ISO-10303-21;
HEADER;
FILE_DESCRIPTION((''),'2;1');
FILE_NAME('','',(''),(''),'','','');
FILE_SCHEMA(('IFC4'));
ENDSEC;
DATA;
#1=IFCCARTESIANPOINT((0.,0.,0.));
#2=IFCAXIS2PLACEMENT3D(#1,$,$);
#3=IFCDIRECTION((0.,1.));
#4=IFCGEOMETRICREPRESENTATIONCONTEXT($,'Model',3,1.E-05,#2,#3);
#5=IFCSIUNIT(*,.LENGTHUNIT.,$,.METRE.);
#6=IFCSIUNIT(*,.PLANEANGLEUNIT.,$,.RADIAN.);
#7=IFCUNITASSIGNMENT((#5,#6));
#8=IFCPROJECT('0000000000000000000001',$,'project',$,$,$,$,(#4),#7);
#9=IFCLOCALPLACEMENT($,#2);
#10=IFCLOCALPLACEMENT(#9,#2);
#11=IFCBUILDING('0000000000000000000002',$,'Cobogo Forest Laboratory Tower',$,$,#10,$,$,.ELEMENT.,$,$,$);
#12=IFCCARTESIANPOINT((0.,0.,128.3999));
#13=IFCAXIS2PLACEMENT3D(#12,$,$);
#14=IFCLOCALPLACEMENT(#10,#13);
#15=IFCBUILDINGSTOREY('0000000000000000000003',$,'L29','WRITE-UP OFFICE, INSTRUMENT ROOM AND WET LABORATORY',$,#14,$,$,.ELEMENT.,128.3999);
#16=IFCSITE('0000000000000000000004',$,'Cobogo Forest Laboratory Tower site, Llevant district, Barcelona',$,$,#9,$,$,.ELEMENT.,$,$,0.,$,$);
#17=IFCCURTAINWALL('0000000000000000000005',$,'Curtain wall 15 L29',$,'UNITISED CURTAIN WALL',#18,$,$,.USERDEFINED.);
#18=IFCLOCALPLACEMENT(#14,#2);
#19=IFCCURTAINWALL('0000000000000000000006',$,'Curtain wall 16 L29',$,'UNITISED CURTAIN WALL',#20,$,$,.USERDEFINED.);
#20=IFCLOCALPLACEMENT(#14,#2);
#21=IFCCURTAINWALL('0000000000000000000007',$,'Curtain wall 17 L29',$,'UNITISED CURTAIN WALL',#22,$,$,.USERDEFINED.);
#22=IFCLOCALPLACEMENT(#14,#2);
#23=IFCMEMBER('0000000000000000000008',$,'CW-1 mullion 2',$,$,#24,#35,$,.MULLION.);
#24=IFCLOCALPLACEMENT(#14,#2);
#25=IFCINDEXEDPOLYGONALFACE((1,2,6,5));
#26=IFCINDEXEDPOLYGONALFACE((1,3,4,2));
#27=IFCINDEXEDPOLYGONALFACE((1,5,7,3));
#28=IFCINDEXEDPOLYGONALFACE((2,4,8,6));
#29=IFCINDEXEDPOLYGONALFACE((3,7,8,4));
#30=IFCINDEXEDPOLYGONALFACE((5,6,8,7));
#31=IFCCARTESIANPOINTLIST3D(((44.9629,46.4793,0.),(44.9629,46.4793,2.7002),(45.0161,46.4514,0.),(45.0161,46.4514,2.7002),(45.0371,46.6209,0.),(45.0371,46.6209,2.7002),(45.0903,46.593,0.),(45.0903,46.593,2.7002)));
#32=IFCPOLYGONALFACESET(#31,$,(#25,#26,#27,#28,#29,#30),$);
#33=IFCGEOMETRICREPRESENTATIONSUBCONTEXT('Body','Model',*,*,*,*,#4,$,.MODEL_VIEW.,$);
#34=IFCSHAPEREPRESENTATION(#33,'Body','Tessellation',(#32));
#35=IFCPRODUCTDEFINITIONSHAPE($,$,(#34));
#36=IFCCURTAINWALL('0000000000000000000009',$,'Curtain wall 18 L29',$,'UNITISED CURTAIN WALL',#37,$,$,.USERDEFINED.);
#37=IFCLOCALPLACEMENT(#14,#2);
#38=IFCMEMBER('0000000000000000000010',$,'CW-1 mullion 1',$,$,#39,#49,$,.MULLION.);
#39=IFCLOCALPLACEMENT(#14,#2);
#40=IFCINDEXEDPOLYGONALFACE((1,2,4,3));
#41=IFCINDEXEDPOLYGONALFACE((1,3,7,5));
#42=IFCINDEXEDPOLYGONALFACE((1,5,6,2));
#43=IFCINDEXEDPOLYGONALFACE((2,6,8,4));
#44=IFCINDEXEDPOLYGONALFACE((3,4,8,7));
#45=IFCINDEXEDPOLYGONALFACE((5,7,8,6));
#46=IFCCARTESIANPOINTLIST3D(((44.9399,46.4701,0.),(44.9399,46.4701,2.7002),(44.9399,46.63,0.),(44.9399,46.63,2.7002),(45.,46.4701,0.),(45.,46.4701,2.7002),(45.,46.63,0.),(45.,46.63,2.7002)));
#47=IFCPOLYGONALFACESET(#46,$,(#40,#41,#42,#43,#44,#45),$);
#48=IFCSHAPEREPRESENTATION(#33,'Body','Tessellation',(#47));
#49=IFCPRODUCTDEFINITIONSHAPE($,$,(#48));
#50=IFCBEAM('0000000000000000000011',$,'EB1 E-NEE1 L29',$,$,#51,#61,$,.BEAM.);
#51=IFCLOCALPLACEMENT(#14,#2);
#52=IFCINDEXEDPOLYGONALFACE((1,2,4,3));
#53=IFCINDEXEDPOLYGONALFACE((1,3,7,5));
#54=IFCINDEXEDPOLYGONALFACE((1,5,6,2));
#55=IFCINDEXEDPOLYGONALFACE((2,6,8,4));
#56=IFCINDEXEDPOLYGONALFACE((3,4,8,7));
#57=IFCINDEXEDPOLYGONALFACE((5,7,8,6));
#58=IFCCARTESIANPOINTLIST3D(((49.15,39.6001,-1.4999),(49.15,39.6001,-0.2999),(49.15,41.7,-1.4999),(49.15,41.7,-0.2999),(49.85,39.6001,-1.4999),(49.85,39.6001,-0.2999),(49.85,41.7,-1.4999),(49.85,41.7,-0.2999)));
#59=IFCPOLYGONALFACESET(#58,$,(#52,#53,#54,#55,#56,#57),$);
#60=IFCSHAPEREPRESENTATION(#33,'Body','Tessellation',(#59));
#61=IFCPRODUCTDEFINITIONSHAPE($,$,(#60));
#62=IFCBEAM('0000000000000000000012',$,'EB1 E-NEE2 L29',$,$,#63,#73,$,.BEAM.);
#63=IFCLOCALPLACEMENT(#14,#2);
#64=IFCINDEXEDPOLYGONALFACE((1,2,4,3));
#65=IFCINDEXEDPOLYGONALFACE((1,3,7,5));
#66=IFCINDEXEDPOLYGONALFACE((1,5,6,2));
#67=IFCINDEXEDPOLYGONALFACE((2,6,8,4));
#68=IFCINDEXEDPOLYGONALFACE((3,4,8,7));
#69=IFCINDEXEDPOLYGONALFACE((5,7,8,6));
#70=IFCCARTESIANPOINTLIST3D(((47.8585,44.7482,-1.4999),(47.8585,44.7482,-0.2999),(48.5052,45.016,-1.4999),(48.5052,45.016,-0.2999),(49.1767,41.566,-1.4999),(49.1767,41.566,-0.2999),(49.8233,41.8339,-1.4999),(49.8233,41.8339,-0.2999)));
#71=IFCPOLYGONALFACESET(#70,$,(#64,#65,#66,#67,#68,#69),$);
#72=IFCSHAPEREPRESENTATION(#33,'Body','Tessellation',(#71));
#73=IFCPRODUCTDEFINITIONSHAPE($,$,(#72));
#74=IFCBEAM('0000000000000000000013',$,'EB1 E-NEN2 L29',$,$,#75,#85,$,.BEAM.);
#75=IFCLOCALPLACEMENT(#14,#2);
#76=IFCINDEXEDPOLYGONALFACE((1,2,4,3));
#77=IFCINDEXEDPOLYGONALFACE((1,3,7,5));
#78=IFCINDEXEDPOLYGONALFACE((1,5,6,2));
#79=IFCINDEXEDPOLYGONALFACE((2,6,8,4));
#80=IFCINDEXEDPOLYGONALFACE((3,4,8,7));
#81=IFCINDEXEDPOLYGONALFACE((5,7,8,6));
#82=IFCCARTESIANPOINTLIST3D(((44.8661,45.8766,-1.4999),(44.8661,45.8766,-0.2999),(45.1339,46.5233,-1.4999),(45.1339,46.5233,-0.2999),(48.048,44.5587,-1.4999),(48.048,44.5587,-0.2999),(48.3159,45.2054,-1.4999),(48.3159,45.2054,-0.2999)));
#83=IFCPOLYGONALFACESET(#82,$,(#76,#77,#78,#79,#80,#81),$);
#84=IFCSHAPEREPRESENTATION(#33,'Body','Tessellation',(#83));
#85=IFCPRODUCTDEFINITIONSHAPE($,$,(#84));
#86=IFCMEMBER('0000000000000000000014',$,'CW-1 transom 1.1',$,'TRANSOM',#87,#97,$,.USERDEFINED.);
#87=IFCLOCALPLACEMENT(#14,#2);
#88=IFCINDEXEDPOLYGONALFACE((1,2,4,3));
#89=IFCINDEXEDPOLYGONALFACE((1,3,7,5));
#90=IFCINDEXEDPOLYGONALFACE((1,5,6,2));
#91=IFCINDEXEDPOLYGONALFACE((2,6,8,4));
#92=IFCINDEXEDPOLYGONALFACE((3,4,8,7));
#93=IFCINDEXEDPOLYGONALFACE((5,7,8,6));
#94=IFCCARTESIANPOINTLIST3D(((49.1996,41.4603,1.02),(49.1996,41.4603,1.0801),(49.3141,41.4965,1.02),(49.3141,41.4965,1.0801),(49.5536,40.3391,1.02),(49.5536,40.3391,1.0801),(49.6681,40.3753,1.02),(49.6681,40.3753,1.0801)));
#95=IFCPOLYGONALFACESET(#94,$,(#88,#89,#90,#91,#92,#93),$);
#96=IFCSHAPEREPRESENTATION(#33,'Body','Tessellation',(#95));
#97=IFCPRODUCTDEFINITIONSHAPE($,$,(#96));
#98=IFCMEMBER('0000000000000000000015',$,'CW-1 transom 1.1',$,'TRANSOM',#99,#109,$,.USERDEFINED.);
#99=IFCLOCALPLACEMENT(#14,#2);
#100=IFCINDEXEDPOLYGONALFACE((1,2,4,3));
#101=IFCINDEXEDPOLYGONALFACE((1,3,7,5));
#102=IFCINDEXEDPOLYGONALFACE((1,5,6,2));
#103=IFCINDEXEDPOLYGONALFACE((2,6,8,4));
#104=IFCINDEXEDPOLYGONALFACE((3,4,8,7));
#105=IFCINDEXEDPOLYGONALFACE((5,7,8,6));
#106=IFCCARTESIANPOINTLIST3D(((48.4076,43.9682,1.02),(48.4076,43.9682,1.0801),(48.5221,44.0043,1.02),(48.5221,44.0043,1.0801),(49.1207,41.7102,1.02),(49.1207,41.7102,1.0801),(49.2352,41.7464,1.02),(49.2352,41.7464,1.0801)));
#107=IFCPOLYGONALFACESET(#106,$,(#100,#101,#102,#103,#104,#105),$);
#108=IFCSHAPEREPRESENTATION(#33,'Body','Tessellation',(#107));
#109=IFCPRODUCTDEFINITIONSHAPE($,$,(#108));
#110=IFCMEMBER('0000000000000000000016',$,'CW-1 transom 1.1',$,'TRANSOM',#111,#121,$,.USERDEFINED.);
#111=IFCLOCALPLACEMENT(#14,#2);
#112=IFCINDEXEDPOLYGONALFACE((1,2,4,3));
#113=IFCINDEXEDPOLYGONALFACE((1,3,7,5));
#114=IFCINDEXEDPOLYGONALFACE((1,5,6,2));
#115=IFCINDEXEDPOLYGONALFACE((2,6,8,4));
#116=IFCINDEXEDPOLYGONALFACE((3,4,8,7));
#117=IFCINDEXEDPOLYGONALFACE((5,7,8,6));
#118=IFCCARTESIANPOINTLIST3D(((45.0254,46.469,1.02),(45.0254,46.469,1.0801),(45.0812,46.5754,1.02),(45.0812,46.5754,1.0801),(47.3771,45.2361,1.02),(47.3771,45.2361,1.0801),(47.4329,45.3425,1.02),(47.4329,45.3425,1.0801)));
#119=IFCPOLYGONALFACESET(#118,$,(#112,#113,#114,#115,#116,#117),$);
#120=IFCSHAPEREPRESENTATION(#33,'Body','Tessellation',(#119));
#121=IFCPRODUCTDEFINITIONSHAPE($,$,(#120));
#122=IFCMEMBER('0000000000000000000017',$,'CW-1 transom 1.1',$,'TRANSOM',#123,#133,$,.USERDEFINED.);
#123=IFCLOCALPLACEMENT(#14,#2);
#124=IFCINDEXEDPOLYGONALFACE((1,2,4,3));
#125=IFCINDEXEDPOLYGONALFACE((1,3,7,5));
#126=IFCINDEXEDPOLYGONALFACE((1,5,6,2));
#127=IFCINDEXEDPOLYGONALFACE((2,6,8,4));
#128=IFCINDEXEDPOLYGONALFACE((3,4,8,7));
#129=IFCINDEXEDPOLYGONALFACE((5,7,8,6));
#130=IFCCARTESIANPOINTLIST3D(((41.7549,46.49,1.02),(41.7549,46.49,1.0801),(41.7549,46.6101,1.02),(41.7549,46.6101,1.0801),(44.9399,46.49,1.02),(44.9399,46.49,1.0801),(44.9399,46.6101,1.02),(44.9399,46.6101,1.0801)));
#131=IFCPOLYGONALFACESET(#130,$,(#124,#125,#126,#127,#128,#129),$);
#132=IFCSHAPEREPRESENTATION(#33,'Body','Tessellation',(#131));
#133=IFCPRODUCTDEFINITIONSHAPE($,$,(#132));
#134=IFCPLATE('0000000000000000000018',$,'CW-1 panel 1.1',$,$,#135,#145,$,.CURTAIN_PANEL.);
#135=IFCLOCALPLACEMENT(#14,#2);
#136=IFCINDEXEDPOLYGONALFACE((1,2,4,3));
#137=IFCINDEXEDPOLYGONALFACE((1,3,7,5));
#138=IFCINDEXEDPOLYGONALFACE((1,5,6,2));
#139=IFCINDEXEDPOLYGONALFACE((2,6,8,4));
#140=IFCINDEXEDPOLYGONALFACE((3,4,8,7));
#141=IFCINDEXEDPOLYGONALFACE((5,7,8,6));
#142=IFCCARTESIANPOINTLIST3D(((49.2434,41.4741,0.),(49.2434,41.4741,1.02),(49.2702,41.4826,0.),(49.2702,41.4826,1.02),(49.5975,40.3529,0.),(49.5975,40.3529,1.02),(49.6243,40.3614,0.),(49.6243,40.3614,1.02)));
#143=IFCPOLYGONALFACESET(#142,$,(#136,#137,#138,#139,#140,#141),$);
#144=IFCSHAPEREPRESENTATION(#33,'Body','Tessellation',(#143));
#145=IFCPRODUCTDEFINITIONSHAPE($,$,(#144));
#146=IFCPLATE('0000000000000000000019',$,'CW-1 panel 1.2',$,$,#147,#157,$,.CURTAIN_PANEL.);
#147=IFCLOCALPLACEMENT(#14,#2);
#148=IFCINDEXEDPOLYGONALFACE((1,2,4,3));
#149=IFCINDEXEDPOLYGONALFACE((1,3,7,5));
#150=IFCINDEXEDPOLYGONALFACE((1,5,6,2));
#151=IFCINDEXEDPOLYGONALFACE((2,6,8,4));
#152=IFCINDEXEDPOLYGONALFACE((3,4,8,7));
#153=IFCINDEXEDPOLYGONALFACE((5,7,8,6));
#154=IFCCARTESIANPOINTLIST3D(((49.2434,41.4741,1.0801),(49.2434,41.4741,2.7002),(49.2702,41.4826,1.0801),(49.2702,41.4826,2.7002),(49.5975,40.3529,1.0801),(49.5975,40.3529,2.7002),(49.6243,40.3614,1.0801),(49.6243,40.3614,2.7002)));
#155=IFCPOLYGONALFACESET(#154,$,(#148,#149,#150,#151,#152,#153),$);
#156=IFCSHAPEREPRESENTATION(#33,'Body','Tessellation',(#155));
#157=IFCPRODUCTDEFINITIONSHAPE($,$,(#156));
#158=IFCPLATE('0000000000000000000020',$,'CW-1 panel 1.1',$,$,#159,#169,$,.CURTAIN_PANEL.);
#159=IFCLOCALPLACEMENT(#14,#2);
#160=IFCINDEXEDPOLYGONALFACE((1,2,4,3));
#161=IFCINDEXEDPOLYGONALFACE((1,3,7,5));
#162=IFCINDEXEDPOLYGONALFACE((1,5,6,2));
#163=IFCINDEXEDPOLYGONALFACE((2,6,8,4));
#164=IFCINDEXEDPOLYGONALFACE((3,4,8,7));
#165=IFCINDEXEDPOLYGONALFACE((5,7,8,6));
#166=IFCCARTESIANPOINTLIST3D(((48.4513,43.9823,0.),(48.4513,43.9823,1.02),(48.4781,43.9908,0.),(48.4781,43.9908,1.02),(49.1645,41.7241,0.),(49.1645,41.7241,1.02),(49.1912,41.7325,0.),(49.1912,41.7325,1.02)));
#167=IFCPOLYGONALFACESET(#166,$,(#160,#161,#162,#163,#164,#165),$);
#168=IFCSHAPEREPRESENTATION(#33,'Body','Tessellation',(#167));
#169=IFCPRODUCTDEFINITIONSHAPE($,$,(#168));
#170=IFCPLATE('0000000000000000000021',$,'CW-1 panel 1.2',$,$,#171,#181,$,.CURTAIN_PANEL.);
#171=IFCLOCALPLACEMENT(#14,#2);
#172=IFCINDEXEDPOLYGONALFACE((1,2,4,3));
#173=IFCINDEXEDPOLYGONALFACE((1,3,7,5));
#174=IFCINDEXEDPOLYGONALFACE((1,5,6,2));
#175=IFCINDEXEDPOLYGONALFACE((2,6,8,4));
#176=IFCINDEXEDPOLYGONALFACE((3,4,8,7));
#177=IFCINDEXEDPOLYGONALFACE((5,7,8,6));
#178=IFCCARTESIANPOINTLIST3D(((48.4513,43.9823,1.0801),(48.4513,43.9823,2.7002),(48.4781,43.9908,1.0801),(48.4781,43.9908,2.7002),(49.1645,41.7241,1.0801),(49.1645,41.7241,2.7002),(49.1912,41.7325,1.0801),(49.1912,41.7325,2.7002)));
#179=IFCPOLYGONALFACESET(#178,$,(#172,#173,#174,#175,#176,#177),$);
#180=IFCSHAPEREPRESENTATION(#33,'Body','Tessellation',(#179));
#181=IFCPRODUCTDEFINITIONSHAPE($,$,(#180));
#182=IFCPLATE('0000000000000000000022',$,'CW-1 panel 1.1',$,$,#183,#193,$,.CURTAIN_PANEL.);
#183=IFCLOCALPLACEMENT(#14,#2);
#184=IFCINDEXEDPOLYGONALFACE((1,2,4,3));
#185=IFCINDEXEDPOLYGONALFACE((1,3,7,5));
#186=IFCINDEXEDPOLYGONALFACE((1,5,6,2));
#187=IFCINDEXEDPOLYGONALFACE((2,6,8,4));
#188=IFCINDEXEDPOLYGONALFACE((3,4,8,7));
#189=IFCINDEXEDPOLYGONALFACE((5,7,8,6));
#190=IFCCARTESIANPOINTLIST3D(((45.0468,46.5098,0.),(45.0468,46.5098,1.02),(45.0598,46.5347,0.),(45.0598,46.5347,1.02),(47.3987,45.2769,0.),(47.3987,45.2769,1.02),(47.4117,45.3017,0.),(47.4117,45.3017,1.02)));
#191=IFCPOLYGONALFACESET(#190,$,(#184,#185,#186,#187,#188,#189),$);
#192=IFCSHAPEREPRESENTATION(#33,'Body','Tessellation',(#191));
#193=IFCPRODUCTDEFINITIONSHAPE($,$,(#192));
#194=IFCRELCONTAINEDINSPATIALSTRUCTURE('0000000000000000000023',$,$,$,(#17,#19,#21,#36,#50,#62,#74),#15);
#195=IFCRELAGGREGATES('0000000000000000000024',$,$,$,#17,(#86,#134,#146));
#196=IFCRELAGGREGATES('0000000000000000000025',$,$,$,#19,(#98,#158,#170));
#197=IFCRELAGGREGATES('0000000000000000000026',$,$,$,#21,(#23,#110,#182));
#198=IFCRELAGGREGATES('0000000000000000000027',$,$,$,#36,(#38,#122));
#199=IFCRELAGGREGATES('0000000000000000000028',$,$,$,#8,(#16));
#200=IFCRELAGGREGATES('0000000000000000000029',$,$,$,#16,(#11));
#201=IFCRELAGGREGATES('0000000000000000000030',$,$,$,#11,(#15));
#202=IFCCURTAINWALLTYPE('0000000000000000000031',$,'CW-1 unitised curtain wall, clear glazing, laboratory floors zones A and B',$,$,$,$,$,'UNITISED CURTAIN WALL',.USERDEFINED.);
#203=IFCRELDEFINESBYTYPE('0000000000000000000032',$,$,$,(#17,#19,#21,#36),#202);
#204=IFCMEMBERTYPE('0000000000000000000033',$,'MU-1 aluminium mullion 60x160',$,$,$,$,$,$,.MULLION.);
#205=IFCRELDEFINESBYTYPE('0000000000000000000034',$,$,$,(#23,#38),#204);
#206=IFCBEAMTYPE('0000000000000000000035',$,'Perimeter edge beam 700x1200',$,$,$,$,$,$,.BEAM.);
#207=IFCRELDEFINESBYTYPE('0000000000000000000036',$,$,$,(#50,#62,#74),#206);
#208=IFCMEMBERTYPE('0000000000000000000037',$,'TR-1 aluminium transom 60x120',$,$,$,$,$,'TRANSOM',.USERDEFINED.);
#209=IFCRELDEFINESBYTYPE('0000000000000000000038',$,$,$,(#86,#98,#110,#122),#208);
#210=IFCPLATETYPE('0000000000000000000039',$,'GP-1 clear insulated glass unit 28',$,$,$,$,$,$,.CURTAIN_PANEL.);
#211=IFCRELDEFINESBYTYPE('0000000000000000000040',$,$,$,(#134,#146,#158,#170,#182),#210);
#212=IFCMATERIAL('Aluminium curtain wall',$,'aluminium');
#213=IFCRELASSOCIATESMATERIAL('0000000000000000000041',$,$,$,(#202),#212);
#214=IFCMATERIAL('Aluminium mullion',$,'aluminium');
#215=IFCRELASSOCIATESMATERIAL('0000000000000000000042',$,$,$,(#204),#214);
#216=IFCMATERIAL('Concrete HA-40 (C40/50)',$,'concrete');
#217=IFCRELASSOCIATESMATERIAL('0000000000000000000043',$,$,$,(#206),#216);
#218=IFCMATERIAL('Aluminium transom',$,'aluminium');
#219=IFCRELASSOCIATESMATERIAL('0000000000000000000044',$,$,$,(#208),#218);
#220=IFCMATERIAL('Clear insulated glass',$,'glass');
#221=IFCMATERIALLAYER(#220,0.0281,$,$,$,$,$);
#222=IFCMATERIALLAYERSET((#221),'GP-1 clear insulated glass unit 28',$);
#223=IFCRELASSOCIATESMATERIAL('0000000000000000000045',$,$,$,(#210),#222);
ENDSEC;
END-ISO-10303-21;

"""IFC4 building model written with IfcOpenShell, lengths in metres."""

from ifc_helpers import new_model, si_unit, direction, frame, origin, origin_2d, place, context, subcontext, project, spatial, rectangle, extrude, material, layer, layer_set, material_profile, profile_set, type_object, element, aggregate, save


model = new_model("IFC4")

# Units and contexts
model_context = context("Model", 3, precision=1e-05, world=origin(), true_north=direction((0.0, 1.0)))
body_context = subcontext(model_context, "Body", "Model", "MODEL_VIEW")
ifc_project = project(units=[si_unit("LENGTHUNIT", "METRE"), si_unit("PLANEANGLEUNIT", "RADIAN")], contexts=[model_context])

# Site, building, storey
site_placement = place(None, origin())
site = spatial("IfcSite", under=ifc_project, at=site_placement, Name="Cobogo Forest Laboratory Tower site, Llevant district, Barcelona", CompositionType="ELEMENT", RefElevation=0.0)
building_placement = place(site_placement, origin())
building = spatial("IfcBuilding", under=site, at=building_placement, Name="Cobogo Forest Laboratory Tower", CompositionType="ELEMENT")
storey_placement = place(building_placement, frame((0.0, 0.0, 128.3999)))
storey = spatial("IfcBuildingStorey", under=building, at=storey_placement, Name="L29", Description="WRITE-UP OFFICE, INSTRUMENT ROOM AND WET LABORATORY", CompositionType="ELEMENT", Elevation=128.3999)

# Curtain walls, member
ifc_material_1 = material(Name="Aluminium curtain wall", Category="aluminium")
curtain_wall_type = type_object("IfcCurtainWallType", Name="CW-1 unitised curtain wall, clear glazing, laboratory floors zones A and B", ElementType="UNITISED CURTAIN WALL", PredefinedType="USERDEFINED", material=ifc_material_1)
curtain_wall_1_placement = place(storey_placement, origin())
curtain_wall_1 = element("IfcCurtainWall", 1, at=curtain_wall_1_placement, inside=storey, type_object=curtain_wall_type, Name="Curtain wall 15 L29", ObjectType="UNITISED CURTAIN WALL", PredefinedType="USERDEFINED")
ifc_material_2 = material(Name="Aluminium mullion", Category="aluminium")
ifc_material_profile_1 = material_profile(ifc_material_2, rectangle(XDim=0.0601, YDim=0.1599, at=origin_2d()), Name="AL 60x160")
ifc_profile_set_1 = profile_set([ifc_material_profile_1], Name="Aluminium mullion")
member_type_1 = type_object("IfcMemberType", Name="MU-1 aluminium mullion 60x160", PredefinedType="MULLION", material=ifc_profile_set_1)
curtain_wall_2_placement = place(storey_placement, origin())
curtain_wall_2 = element("IfcCurtainWall", 2, at=curtain_wall_2_placement, inside=storey, type_object=curtain_wall_type, Name="Curtain wall 16 L29", ObjectType="UNITISED CURTAIN WALL", PredefinedType="USERDEFINED")
curtain_wall_3_placement = place(storey_placement, origin())
curtain_wall_3 = element("IfcCurtainWall", 3, at=curtain_wall_3_placement, inside=storey, type_object=curtain_wall_type, Name="Curtain wall 17 L29", ObjectType="UNITISED CURTAIN WALL", PredefinedType="USERDEFINED")
member_1_placement = place(storey_placement, frame((45.0266, 46.5361, 0.0), z_axis=(0.0, 0.0, 1.0), x_axis=(-0.885687, 0.464284, 0.0)))
member_1 = element("IfcMember", 4, at=member_1_placement, type_object=member_type_1, Name="CW-1 mullion 2", PredefinedType="MULLION", context=body_context, shape_type="SweptSolid", body=[
    extrude(rectangle(XDim=0.0601, YDim=0.1599, at=origin_2d()), origin(), (0.0, 0.0, 1.0), 2.7002),
])

# Curtain wall, member
curtain_wall_4_placement = place(storey_placement, origin())
curtain_wall_4 = element("IfcCurtainWall", 5, at=curtain_wall_4_placement, inside=storey, type_object=curtain_wall_type, Name="Curtain wall 18 L29", ObjectType="UNITISED CURTAIN WALL", PredefinedType="USERDEFINED")
member_2_placement = place(storey_placement, frame((44.97, 46.55, 0.0), z_axis=(0.0, 0.0, 1.0), x_axis=(-1.0, 0.0, 0.0)))
member_2 = element("IfcMember", 6, at=member_2_placement, type_object=member_type_1, Name="CW-1 mullion 1", PredefinedType="MULLION", context=body_context, shape_type="SweptSolid", body=[
    extrude(rectangle(XDim=0.0601, YDim=0.1599, at=origin_2d()), origin(), (0.0, 0.0, 1.0), 2.7002),
])

# Beams
ifc_material_3 = material(Name="Concrete HA-40 (C40/50)", Category="concrete")
ifc_material_profile_2 = material_profile(ifc_material_3, rectangle(XDim=0.7, YDim=1.2, at=origin_2d()), Name="RC 700x1200")
ifc_profile_set_2 = profile_set([ifc_material_profile_2], Name="Concrete HA-40 (C40/50)")
beam_type_1 = type_object("IfcBeamType", Name="Perimeter edge beam 700x1200", PredefinedType="BEAM", material=ifc_profile_set_2)
beam_1_placement = place(storey_placement, frame((49.5, 39.6001, -0.8999), z_axis=(0.0, 1.0, 0.0), x_axis=(-1.0, 0.0, 0.0)))
element("IfcBeam", 7, at=beam_1_placement, inside=storey, type_object=beam_type_1, Name="EB1 E-NEE1 L29", PredefinedType="BEAM", context=body_context, shape_type="SweptSolid", body=[
    extrude(rectangle(XDim=0.7, YDim=1.2, at=origin_2d()), origin(), (0.0, 0.0, 1.0), 2.0999),
])
beam_2_placement = place(storey_placement, frame((49.5, 41.7, -0.8999), z_axis=(-0.382692, 0.923876, 0.0), x_axis=(-0.923876, -0.382692, 0.0)))
element("IfcBeam", 8, at=beam_2_placement, inside=storey, type_object=beam_type_1, Name="EB1 E-NEE2 L29", PredefinedType="BEAM", context=body_context, shape_type="SweptSolid", body=[
    extrude(rectangle(XDim=0.7, YDim=1.2, at=origin_2d()), origin(), (0.0, 0.0, 1.0), 3.4443),
])
beam_3_placement = place(storey_placement, frame((45.0, 46.2, -0.8999), z_axis=(0.923891, -0.382656, 0.0), x_axis=(0.382656, 0.923891, 0.0)))
element("IfcBeam", 9, at=beam_3_placement, inside=storey, type_object=beam_type_1, Name="EB1 E-NEN2 L29", PredefinedType="BEAM", context=body_context, shape_type="SweptSolid", body=[
    extrude(rectangle(XDim=0.7, YDim=1.2, at=origin_2d()), origin(), (0.0, 0.0, 1.0), 3.4441),
])

# Members
ifc_material_4 = material(Name="Aluminium transom", Category="aluminium")
ifc_material_profile_3 = material_profile(ifc_material_4, rectangle(XDim=0.1201, YDim=0.0601, at=origin_2d()), Name="AL 60x120")
ifc_profile_set_3 = profile_set([ifc_material_profile_3], Name="Aluminium transom")
member_type_2 = type_object("IfcMemberType", Name="TR-1 aluminium transom 60x120", ElementType="TRANSOM", PredefinedType="USERDEFINED", material=ifc_profile_set_3)
member_3_placement = place(storey_placement, frame((49.6108, 40.3572, 1.05), z_axis=(-0.301052, 0.953608, 0.0), x_axis=(-0.953608, -0.301052, 0.0)))
member_3 = element("IfcMember", 10, at=member_3_placement, type_object=member_type_2, Name="CW-1 transom 1.1", ObjectType="TRANSOM", PredefinedType="USERDEFINED", context=body_context, shape_type="SweptSolid", body=[
    extrude(rectangle(XDim=0.1201, YDim=0.0601, at=origin_2d()), origin(), (0.0, 0.0, 1.0), 1.1758),
])
member_4_placement = place(storey_placement, frame((49.178, 41.7283, 1.05), z_axis=(-0.301156, 0.953575, 0.0), x_axis=(-0.953575, -0.301156, 0.0)))
member_4 = element("IfcMember", 11, at=member_4_placement, type_object=member_type_2, Name="CW-1 transom 1.1", ObjectType="TRANSOM", PredefinedType="USERDEFINED", context=body_context, shape_type="SweptSolid", body=[
    extrude(rectangle(XDim=0.1201, YDim=0.0601, at=origin_2d()), origin(), (0.0, 0.0, 1.0), 2.3679),
])
member_5_placement = place(storey_placement, frame((47.405, 45.2893, 1.05), z_axis=(-0.885675, 0.464306, 0.0), x_axis=(-0.464306, -0.885675, 0.0)))
member_5 = element("IfcMember", 12, at=member_5_placement, type_object=member_type_2, Name="CW-1 transom 1.1", ObjectType="TRANSOM", PredefinedType="USERDEFINED", context=body_context, shape_type="SweptSolid", body=[
    extrude(rectangle(XDim=0.1201, YDim=0.0601, at=origin_2d()), origin(), (0.0, 0.0, 1.0), 2.6553),
])
member_6_placement = place(storey_placement, frame((44.9399, 46.55, 1.05), z_axis=(-1.0, 0.0, 0.0), x_axis=(0.0, -1.0, 0.0)))
member_6 = element("IfcMember", 13, at=member_6_placement, type_object=member_type_2, Name="CW-1 transom 1.1", ObjectType="TRANSOM", PredefinedType="USERDEFINED", context=body_context, shape_type="SweptSolid", body=[
    extrude(rectangle(XDim=0.1201, YDim=0.0601, at=origin_2d()), origin(), (0.0, 0.0, 1.0), 3.1851),
])

# Plates
ifc_material_5 = material(Name="Clear insulated glass", Category="glass")
ifc_layer = layer(ifc_material_5, 0.0281)
ifc_layer_set = layer_set([ifc_layer], Name="GP-1 clear insulated glass unit 28")
plate_type = type_object("IfcPlateType", Name="GP-1 clear insulated glass unit 28", PredefinedType="CURTAIN_PANEL", material=ifc_layer_set)
plate_1_placement = place(storey_placement, frame((49.4338, 40.9177, 0.0), z_axis=(0.0, 0.0, 1.0), x_axis=(-0.301135, 0.953581, 0.0)))
plate_1 = element("IfcPlate", 14, at=plate_1_placement, type_object=plate_type, Name="CW-1 panel 1.1", PredefinedType="CURTAIN_PANEL", context=body_context, shape_type="SweptSolid", body=[
    extrude(rectangle(XDim=1.1758, YDim=0.0281, at=origin_2d()), origin(), (0.0, 0.0, 1.0), 1.02),
])
plate_2_placement = place(storey_placement, frame((49.4338, 40.9177, 1.0801), z_axis=(0.0, 0.0, 1.0), x_axis=(-0.301135, 0.953581, 0.0)))
plate_2 = element("IfcPlate", 15, at=plate_2_placement, type_object=plate_type, Name="CW-1 panel 1.2", PredefinedType="CURTAIN_PANEL", context=body_context, shape_type="SweptSolid", body=[
    extrude(rectangle(XDim=1.1758, YDim=0.0281, at=origin_2d()), origin(), (0.0, 0.0, 1.0), 1.6201),
])
aggregate(curtain_wall_1, [member_3, plate_1, plate_2])
plate_3_placement = place(storey_placement, frame((48.8213, 42.8574, 0.0), z_axis=(0.0, 0.0, 1.0), x_axis=(-0.301135, 0.953581, 0.0)))
plate_3 = element("IfcPlate", 16, at=plate_3_placement, type_object=plate_type, Name="CW-1 panel 1.1", PredefinedType="CURTAIN_PANEL", context=body_context, shape_type="SweptSolid", body=[
    extrude(rectangle(XDim=2.3682, YDim=0.0281, at=origin_2d()), origin(), (0.0, 0.0, 1.0), 1.02),
])
plate_4_placement = place(storey_placement, frame((48.8213, 42.8574, 1.0801), z_axis=(0.0, 0.0, 1.0), x_axis=(-0.301135, 0.953581, 0.0)))
plate_4 = element("IfcPlate", 17, at=plate_4_placement, type_object=plate_type, Name="CW-1 panel 1.2", PredefinedType="CURTAIN_PANEL", context=body_context, shape_type="SweptSolid", body=[
    extrude(rectangle(XDim=2.3682, YDim=0.0281, at=origin_2d()), origin(), (0.0, 0.0, 1.0), 1.6201),
])
aggregate(curtain_wall_2, [member_4, plate_3, plate_4])
plate_5_placement = place(storey_placement, frame((46.2292, 45.9058, 0.0), z_axis=(0.0, 0.0, 1.0), x_axis=(-0.885687, 0.464284, 0.0)))
plate_5 = element("IfcPlate", 18, at=plate_5_placement, type_object=plate_type, Name="CW-1 panel 1.1", PredefinedType="CURTAIN_PANEL", context=body_context, shape_type="SweptSolid", body=[
    extrude(rectangle(XDim=2.6555, YDim=0.0281, at=origin_2d()), origin(), (0.0, 0.0, 1.0), 1.02),
])
aggregate(curtain_wall_3, [member_1, member_5, plate_5])
aggregate(curtain_wall_4, [member_2, member_6])

save(model, "model.ifc")
